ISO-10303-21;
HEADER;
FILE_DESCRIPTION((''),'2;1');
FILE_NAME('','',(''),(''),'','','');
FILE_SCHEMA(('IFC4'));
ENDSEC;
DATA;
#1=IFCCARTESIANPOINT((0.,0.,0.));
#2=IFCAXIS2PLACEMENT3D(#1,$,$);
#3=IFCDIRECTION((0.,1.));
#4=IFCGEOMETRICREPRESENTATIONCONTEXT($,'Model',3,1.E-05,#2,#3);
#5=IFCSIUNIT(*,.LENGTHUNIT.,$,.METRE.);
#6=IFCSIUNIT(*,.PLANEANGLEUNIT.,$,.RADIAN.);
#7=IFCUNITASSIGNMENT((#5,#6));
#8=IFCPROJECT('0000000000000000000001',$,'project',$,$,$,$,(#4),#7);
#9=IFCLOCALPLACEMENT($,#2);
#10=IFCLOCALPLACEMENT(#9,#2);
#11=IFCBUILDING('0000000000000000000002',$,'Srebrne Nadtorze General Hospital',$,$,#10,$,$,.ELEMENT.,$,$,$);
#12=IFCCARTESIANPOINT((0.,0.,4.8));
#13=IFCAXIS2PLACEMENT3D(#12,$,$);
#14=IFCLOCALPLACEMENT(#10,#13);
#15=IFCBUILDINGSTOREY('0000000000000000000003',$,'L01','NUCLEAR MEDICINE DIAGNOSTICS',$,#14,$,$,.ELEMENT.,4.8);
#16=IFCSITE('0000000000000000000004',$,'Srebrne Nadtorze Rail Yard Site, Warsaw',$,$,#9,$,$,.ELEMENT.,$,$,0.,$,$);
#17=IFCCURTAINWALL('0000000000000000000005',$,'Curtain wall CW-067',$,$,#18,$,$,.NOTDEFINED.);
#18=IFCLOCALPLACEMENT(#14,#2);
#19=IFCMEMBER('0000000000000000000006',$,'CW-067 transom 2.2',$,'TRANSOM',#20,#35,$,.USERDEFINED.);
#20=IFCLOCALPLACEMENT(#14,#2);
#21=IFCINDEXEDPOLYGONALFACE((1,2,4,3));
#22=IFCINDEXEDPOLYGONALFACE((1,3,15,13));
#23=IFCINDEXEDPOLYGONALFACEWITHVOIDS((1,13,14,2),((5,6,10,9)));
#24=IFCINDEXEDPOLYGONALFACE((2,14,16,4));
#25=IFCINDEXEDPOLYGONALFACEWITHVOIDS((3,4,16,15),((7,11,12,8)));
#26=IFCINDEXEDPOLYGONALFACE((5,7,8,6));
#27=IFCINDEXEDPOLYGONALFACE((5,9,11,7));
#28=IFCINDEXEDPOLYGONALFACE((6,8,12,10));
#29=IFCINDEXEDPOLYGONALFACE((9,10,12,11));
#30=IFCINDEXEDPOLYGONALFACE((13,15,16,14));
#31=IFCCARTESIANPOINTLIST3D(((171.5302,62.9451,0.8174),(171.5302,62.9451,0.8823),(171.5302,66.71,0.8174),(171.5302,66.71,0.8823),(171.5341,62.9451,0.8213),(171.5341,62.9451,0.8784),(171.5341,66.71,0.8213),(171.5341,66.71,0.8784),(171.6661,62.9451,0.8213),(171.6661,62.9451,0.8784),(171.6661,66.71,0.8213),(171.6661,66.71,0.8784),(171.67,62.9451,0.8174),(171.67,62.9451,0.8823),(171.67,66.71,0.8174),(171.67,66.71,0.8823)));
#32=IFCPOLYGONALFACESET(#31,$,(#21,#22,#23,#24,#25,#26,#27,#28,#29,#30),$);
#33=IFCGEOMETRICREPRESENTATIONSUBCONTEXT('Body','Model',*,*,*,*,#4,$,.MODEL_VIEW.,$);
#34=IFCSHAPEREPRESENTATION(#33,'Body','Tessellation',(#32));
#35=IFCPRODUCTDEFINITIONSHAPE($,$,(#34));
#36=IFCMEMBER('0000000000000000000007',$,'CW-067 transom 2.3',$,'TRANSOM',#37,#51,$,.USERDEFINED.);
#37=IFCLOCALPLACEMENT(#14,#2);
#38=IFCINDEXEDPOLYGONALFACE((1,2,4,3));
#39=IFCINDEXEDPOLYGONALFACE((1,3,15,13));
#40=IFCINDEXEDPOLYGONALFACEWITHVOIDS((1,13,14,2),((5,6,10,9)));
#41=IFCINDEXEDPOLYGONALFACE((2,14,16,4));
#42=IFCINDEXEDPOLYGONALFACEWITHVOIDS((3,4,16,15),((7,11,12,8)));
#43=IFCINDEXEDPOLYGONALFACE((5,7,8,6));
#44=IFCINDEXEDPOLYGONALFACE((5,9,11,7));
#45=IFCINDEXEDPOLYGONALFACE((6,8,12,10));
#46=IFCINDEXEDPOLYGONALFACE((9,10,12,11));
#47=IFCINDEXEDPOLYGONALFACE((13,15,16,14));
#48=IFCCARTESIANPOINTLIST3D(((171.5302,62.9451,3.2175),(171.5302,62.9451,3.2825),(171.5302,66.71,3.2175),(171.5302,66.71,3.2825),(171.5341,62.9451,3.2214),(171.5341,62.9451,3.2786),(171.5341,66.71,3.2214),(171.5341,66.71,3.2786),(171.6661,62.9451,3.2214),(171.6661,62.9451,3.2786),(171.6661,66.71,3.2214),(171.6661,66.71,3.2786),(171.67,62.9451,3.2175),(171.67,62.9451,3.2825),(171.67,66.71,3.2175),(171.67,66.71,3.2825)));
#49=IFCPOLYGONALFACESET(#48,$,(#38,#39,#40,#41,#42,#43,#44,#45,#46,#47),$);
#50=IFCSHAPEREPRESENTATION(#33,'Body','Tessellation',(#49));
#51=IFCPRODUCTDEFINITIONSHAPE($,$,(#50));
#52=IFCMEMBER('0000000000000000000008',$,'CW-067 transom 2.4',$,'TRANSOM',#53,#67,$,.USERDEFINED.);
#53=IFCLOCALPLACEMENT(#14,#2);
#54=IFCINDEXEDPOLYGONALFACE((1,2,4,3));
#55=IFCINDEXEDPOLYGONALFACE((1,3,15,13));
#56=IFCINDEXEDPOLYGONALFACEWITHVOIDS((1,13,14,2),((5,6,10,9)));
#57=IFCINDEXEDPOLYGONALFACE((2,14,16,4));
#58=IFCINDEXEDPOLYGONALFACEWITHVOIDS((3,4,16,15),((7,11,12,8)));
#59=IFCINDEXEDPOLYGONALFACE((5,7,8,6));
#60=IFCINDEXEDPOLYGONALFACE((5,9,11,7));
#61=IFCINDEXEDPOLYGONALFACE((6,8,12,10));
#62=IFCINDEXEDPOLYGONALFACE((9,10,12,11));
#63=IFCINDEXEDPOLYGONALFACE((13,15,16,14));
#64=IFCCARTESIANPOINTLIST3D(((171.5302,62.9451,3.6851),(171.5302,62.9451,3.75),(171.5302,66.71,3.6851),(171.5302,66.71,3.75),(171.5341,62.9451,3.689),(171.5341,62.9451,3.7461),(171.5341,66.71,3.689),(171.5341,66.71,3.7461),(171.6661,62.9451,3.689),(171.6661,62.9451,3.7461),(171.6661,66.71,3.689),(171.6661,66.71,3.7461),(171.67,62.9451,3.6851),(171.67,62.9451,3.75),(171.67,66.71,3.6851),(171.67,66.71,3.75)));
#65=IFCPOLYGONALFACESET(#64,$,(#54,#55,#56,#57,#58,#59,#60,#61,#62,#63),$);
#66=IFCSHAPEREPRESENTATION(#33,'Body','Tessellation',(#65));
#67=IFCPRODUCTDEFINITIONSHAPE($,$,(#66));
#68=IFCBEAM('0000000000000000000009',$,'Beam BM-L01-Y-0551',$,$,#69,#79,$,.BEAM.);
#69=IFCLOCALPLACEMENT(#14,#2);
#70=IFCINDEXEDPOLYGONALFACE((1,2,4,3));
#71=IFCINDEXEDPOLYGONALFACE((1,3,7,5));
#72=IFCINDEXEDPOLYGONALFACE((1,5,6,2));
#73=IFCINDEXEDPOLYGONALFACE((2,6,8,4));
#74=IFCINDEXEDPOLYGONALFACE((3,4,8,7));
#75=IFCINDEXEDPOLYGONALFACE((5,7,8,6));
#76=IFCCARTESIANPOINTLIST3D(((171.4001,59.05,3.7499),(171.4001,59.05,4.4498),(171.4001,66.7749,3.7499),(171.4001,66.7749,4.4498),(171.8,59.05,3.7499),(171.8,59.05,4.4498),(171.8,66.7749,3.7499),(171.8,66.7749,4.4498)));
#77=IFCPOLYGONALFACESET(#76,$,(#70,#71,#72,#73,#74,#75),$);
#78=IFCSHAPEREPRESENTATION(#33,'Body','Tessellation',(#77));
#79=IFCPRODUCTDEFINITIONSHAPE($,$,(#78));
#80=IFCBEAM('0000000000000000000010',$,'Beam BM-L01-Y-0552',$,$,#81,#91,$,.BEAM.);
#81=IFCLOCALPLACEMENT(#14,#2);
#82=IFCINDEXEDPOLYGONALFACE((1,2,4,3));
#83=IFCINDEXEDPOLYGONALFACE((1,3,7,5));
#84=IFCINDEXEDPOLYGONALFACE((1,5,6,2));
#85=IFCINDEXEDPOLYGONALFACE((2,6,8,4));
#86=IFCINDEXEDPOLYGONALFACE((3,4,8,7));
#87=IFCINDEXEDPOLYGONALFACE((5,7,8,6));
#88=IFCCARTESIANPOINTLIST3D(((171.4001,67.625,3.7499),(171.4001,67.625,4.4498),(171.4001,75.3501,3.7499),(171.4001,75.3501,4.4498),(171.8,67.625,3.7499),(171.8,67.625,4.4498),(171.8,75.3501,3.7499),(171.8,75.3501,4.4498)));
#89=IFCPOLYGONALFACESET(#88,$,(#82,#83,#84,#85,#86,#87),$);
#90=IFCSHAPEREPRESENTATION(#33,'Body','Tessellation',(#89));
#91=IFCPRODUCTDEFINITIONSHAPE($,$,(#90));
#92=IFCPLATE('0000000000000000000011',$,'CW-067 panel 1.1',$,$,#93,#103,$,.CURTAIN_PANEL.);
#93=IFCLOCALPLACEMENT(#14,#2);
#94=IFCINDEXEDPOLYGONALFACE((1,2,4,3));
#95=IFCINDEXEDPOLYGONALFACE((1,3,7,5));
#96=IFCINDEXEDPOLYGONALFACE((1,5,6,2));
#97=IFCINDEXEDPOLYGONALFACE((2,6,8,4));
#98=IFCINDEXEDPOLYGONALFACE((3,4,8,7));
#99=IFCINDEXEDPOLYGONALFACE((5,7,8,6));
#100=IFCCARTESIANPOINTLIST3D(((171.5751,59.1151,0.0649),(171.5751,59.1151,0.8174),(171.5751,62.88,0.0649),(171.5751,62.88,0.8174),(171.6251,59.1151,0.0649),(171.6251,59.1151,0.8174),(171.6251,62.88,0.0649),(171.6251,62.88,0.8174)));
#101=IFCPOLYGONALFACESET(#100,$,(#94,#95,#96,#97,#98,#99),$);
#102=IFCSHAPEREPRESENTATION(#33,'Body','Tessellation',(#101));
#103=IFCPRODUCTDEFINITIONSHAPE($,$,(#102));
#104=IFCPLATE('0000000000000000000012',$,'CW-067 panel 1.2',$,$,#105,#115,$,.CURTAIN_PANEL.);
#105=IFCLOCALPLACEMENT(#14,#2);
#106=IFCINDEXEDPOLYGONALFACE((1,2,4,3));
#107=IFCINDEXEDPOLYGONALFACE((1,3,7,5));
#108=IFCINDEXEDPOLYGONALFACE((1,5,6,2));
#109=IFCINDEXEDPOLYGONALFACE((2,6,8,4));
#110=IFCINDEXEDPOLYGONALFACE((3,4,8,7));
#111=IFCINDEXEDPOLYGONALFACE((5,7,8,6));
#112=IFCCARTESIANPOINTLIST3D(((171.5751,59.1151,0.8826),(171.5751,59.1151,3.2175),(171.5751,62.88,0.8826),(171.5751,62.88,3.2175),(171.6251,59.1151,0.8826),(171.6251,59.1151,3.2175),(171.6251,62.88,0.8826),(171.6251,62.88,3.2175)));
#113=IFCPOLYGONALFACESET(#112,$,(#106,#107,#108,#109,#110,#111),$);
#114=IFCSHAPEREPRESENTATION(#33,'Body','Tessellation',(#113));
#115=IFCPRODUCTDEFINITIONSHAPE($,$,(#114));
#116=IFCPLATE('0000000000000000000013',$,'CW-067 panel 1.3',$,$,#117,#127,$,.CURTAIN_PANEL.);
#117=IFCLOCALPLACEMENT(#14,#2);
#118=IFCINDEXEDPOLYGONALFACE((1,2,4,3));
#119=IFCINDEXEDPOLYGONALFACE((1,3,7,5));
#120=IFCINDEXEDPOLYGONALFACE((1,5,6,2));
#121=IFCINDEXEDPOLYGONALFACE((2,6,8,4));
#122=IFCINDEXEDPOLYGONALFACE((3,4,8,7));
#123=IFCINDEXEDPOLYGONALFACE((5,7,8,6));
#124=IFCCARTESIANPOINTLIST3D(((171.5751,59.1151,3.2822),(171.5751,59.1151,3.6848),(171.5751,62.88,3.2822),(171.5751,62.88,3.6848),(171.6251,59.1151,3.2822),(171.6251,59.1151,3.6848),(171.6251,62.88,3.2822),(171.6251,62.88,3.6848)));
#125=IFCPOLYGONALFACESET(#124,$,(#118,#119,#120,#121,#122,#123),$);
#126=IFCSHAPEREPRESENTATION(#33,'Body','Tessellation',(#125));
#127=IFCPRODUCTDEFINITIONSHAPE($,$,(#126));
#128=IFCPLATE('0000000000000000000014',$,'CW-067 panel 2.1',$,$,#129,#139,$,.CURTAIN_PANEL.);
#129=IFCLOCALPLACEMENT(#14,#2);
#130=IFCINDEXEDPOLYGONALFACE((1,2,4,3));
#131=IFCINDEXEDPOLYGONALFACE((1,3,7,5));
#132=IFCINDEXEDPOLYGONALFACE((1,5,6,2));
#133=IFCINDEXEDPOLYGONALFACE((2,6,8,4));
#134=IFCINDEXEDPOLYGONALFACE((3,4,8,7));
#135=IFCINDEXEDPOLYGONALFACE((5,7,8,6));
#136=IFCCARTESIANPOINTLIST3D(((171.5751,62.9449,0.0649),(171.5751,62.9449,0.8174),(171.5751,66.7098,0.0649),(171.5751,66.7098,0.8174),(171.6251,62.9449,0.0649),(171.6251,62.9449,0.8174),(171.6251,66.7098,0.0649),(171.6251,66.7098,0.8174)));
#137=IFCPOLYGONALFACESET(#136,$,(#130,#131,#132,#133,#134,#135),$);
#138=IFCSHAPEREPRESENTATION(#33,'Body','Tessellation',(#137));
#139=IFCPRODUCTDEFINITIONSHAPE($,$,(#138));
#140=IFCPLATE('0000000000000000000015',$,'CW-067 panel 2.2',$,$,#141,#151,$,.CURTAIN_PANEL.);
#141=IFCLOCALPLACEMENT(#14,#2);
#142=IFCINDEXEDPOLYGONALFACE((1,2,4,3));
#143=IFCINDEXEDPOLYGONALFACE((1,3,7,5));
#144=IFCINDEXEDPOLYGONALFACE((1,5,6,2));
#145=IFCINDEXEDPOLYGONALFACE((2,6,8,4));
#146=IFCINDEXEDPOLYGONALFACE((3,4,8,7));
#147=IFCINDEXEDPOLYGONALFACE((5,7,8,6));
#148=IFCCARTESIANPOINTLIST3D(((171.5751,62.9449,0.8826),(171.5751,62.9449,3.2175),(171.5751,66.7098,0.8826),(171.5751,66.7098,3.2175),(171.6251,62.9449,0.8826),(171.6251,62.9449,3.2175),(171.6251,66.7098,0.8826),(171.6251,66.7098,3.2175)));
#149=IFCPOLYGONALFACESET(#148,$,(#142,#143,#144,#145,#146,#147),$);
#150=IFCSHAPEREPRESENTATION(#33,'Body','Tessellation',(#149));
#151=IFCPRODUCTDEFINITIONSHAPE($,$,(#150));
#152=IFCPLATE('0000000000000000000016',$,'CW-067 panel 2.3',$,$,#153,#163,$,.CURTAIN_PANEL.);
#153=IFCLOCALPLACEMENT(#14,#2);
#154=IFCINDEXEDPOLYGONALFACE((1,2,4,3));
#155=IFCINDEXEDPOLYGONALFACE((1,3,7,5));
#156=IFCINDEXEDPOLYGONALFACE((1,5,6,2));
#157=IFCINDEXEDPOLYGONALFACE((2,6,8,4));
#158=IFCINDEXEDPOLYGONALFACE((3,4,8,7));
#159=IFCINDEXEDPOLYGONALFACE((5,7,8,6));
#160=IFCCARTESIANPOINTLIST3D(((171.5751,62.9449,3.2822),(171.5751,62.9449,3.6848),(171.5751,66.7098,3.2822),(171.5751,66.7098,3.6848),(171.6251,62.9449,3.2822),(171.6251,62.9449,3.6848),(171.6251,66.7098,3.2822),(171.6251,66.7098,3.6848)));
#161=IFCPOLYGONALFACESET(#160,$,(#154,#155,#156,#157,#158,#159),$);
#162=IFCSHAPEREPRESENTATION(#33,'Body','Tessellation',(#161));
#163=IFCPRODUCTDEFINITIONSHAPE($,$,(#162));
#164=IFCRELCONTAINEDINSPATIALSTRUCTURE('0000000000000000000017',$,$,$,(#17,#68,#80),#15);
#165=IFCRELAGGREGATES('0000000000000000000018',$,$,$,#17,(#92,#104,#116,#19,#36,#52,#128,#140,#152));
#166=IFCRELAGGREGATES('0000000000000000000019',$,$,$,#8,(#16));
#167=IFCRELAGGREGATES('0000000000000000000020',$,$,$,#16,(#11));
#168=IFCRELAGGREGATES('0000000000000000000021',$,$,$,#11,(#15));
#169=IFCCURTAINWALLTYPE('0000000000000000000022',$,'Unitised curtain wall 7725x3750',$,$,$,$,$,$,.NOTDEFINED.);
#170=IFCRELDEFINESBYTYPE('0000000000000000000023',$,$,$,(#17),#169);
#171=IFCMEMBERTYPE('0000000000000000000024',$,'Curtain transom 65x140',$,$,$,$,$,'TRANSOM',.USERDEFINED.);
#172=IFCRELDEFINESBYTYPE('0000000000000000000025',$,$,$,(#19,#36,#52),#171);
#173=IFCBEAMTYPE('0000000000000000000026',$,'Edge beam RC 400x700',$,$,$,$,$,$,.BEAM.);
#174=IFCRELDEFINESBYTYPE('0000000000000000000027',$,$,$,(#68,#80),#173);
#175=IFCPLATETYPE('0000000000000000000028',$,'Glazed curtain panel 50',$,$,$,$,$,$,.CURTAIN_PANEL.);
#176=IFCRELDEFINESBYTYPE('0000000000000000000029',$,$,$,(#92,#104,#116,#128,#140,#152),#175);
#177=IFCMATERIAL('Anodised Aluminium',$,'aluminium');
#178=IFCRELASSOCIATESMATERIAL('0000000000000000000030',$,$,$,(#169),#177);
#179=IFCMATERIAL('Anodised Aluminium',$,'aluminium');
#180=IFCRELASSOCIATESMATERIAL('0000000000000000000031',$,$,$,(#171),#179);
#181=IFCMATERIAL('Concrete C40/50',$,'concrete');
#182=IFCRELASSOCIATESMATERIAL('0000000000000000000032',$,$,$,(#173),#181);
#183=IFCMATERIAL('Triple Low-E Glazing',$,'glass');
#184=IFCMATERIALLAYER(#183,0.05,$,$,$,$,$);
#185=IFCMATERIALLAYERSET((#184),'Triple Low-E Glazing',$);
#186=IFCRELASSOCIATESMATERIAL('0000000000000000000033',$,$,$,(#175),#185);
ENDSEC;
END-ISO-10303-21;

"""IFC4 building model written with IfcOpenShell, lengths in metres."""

from ifc_helpers import new_model, si_unit, direction, frame, origin, origin_2d, place, context, subcontext, project, spatial, rectangle, hollow_rectangle, extrude, material, layer, layer_set, material_profile, profile_set, type_object, element, aggregate, save


model = new_model("IFC4")

# Units and contexts
model_context = context("Model", 3, precision=1e-05, world=origin(), true_north=direction((0.0, 1.0)))
body_context = subcontext(model_context, "Body", "Model", "MODEL_VIEW")
ifc_project = project(units=[si_unit("LENGTHUNIT", "METRE"), si_unit("PLANEANGLEUNIT", "RADIAN")], contexts=[model_context])

# Site, building, storey
site_placement = place(None, origin())
site = spatial("IfcSite", under=ifc_project, at=site_placement, Name="Srebrne Nadtorze Rail Yard Site, Warsaw", CompositionType="ELEMENT", RefElevation=0.0)
building_placement = place(site_placement, origin())
building = spatial("IfcBuilding", under=site, at=building_placement, Name="Srebrne Nadtorze General Hospital", CompositionType="ELEMENT")
storey_placement = place(building_placement, frame((0.0, 0.0, 4.8)))
storey = spatial("IfcBuildingStorey", under=building, at=storey_placement, Name="L01", Description="NUCLEAR MEDICINE DIAGNOSTICS", CompositionType="ELEMENT", Elevation=4.8)

# Curtain wall, members
ifc_material_1 = material(Name="Anodised Aluminium", Category="aluminium")
curtain_wall_type = type_object("IfcCurtainWallType", Name="Unitised curtain wall 7725x3750", PredefinedType="NOTDEFINED", material=ifc_material_1)
curtain_wall_placement = place(storey_placement, origin())
curtain_wall = element("IfcCurtainWall", 1, at=curtain_wall_placement, inside=storey, type_object=curtain_wall_type, Name="Curtain wall CW-067", PredefinedType="NOTDEFINED")
ifc_material_2 = material(Name="Anodised Aluminium", Category="aluminium")
ifc_material_profile_1 = material_profile(ifc_material_2, hollow_rectangle(XDim=0.0649, YDim=0.1399, WallThickness=0.0039, at=origin_2d()), Name="AL-TRN-65x140")
ifc_profile_set_1 = profile_set([ifc_material_profile_1], Name="Anodised Aluminium")
member_type_1 = type_object("IfcMemberType", Name="Curtain transom 65x140", ElementType="TRANSOM", PredefinedType="USERDEFINED", material=ifc_profile_set_1)
member_1_placement = place(storey_placement, frame((171.6001, 62.9451, 0.8499), z_axis=(0.0, 1.0, 0.0), x_axis=(0.0, 0.0, 1.0)))
member_1 = element("IfcMember", 2, at=member_1_placement, type_object=member_type_1, Name="CW-067 transom 2.2", ObjectType="TRANSOM", PredefinedType="USERDEFINED", context=body_context, shape_type="SweptSolid", body=[
    extrude(hollow_rectangle(XDim=0.0649, YDim=0.1399, WallThickness=0.0039, at=origin_2d()), origin(), (0.0, 0.0, 1.0), 3.7649),
])
member_2_placement = place(storey_placement, frame((171.6001, 62.9451, 3.25), z_axis=(0.0, 1.0, 0.0), x_axis=(0.0, 0.0, 1.0)))
member_2 = element("IfcMember", 3, at=member_2_placement, type_object=member_type_1, Name="CW-067 transom 2.3", ObjectType="TRANSOM", PredefinedType="USERDEFINED", context=body_context, shape_type="SweptSolid", body=[
    extrude(hollow_rectangle(XDim=0.0649, YDim=0.1399, WallThickness=0.0039, at=origin_2d()), origin(), (0.0, 0.0, 1.0), 3.7649),
])
member_3_placement = place(storey_placement, frame((171.6001, 62.9451, 3.7175), z_axis=(0.0, 1.0, 0.0), x_axis=(0.0, 0.0, 1.0)))
member_3 = element("IfcMember", 4, at=member_3_placement, type_object=member_type_1, Name="CW-067 transom 2.4", ObjectType="TRANSOM", PredefinedType="USERDEFINED", context=body_context, shape_type="SweptSolid", body=[
    extrude(hollow_rectangle(XDim=0.0649, YDim=0.1399, WallThickness=0.0039, at=origin_2d()), origin(), (0.0, 0.0, 1.0), 3.7649),
])

# Beams
ifc_material_3 = material(Name="Concrete C40/50", Category="concrete")
ifc_material_profile_2 = material_profile(ifc_material_3, rectangle(XDim=0.3999, YDim=0.7, at=origin_2d()), Name="RC-BM-400x700")
ifc_profile_set_2 = profile_set([ifc_material_profile_2], Name="Concrete C40/50")
beam_type = type_object("IfcBeamType", Name="Edge beam RC 400x700", PredefinedType="BEAM", material=ifc_profile_set_2)
beam_1_placement = place(storey_placement, frame((171.6001, 59.05, 4.0999), z_axis=(0.0, 1.0, 0.0), x_axis=(-1.0, 0.0, 0.0)))
element("IfcBeam", 5, at=beam_1_placement, inside=storey, type_object=beam_type, Name="Beam BM-L01-Y-0551", PredefinedType="BEAM", context=body_context, shape_type="SweptSolid", body=[
    extrude(rectangle(XDim=0.3999, YDim=0.7, at=origin_2d()), origin(), (0.0, 0.0, 1.0), 7.7249),
])
beam_2_placement = place(storey_placement, frame((171.6001, 67.625, 4.0999), z_axis=(0.0, 1.0, 0.0), x_axis=(-1.0, 0.0, 0.0)))
element("IfcBeam", 6, at=beam_2_placement, inside=storey, type_object=beam_type, Name="Beam BM-L01-Y-0552", PredefinedType="BEAM", context=body_context, shape_type="SweptSolid", body=[
    extrude(rectangle(XDim=0.3999, YDim=0.7, at=origin_2d()), origin(), (0.0, 0.0, 1.0), 7.7251),
])

# Plates
ifc_material_4 = material(Name="Triple Low-E Glazing", Category="glass")
ifc_layer_1 = layer(ifc_material_4, 0.05)
ifc_layer_set_1 = layer_set([ifc_layer_1], Name="Triple Low-E Glazing")
plate_type = type_object("IfcPlateType", Name="Glazed curtain panel 50", PredefinedType="CURTAIN_PANEL", material=ifc_layer_set_1)
plate_1_placement = place(storey_placement, frame((171.6001, 60.9976, 0.0649), z_axis=(0.0, 0.0, 1.0), x_axis=(0.0, 1.0, 0.0)))
plate_1 = element("IfcPlate", 7, at=plate_1_placement, type_object=plate_type, Name="CW-067 panel 1.1", PredefinedType="CURTAIN_PANEL", context=body_context, shape_type="SweptSolid", body=[
    extrude(rectangle(XDim=3.7649, YDim=0.05, at=origin_2d()), origin(), (0.0, 0.0, 1.0), 0.7524),
])
plate_2_placement = place(storey_placement, frame((171.6001, 60.9976, 0.8826), z_axis=(0.0, 0.0, 1.0), x_axis=(0.0, 1.0, 0.0)))
plate_2 = element("IfcPlate", 8, at=plate_2_placement, type_object=plate_type, Name="CW-067 panel 1.2", PredefinedType="CURTAIN_PANEL", context=body_context, shape_type="SweptSolid", body=[
    extrude(rectangle(XDim=3.7649, YDim=0.05, at=origin_2d()), origin(), (0.0, 0.0, 1.0), 2.335),
])
plate_3_placement = place(storey_placement, frame((171.6001, 60.9976, 3.2822), z_axis=(0.0, 0.0, 1.0), x_axis=(0.0, 1.0, 0.0)))
plate_3 = element("IfcPlate", 9, at=plate_3_placement, type_object=plate_type, Name="CW-067 panel 1.3", PredefinedType="CURTAIN_PANEL", context=body_context, shape_type="SweptSolid", body=[
    extrude(rectangle(XDim=3.7649, YDim=0.05, at=origin_2d()), origin(), (0.0, 0.0, 1.0), 0.4026),
])
plate_4_placement = place(storey_placement, frame((171.6001, 64.8274, 0.0649), z_axis=(0.0, 0.0, 1.0), x_axis=(0.0, 1.0, 0.0)))
plate_4 = element("IfcPlate", 10, at=plate_4_placement, type_object=plate_type, Name="CW-067 panel 2.1", PredefinedType="CURTAIN_PANEL", context=body_context, shape_type="SweptSolid", body=[
    extrude(rectangle(XDim=3.7649, YDim=0.05, at=origin_2d()), origin(), (0.0, 0.0, 1.0), 0.7524),
])
plate_5_placement = place(storey_placement, frame((171.6001, 64.8274, 0.8826), z_axis=(0.0, 0.0, 1.0), x_axis=(0.0, 1.0, 0.0)))
plate_5 = element("IfcPlate", 11, at=plate_5_placement, type_object=plate_type, Name="CW-067 panel 2.2", PredefinedType="CURTAIN_PANEL", context=body_context, shape_type="SweptSolid", body=[
    extrude(rectangle(XDim=3.7649, YDim=0.05, at=origin_2d()), origin(), (0.0, 0.0, 1.0), 2.335),
])
plate_6_placement = place(storey_placement, frame((171.6001, 64.8274, 3.2822), z_axis=(0.0, 0.0, 1.0), x_axis=(0.0, 1.0, 0.0)))
plate_6 = element("IfcPlate", 12, at=plate_6_placement, type_object=plate_type, Name="CW-067 panel 2.3", PredefinedType="CURTAIN_PANEL", context=body_context, shape_type="SweptSolid", body=[
    extrude(rectangle(XDim=3.7649, YDim=0.05, at=origin_2d()), origin(), (0.0, 0.0, 1.0), 0.4026),
])
aggregate(curtain_wall, [plate_1, plate_2, plate_3, member_1, member_2, member_3, plate_4, plate_5, plate_6])

save(model, "model.ifc")
